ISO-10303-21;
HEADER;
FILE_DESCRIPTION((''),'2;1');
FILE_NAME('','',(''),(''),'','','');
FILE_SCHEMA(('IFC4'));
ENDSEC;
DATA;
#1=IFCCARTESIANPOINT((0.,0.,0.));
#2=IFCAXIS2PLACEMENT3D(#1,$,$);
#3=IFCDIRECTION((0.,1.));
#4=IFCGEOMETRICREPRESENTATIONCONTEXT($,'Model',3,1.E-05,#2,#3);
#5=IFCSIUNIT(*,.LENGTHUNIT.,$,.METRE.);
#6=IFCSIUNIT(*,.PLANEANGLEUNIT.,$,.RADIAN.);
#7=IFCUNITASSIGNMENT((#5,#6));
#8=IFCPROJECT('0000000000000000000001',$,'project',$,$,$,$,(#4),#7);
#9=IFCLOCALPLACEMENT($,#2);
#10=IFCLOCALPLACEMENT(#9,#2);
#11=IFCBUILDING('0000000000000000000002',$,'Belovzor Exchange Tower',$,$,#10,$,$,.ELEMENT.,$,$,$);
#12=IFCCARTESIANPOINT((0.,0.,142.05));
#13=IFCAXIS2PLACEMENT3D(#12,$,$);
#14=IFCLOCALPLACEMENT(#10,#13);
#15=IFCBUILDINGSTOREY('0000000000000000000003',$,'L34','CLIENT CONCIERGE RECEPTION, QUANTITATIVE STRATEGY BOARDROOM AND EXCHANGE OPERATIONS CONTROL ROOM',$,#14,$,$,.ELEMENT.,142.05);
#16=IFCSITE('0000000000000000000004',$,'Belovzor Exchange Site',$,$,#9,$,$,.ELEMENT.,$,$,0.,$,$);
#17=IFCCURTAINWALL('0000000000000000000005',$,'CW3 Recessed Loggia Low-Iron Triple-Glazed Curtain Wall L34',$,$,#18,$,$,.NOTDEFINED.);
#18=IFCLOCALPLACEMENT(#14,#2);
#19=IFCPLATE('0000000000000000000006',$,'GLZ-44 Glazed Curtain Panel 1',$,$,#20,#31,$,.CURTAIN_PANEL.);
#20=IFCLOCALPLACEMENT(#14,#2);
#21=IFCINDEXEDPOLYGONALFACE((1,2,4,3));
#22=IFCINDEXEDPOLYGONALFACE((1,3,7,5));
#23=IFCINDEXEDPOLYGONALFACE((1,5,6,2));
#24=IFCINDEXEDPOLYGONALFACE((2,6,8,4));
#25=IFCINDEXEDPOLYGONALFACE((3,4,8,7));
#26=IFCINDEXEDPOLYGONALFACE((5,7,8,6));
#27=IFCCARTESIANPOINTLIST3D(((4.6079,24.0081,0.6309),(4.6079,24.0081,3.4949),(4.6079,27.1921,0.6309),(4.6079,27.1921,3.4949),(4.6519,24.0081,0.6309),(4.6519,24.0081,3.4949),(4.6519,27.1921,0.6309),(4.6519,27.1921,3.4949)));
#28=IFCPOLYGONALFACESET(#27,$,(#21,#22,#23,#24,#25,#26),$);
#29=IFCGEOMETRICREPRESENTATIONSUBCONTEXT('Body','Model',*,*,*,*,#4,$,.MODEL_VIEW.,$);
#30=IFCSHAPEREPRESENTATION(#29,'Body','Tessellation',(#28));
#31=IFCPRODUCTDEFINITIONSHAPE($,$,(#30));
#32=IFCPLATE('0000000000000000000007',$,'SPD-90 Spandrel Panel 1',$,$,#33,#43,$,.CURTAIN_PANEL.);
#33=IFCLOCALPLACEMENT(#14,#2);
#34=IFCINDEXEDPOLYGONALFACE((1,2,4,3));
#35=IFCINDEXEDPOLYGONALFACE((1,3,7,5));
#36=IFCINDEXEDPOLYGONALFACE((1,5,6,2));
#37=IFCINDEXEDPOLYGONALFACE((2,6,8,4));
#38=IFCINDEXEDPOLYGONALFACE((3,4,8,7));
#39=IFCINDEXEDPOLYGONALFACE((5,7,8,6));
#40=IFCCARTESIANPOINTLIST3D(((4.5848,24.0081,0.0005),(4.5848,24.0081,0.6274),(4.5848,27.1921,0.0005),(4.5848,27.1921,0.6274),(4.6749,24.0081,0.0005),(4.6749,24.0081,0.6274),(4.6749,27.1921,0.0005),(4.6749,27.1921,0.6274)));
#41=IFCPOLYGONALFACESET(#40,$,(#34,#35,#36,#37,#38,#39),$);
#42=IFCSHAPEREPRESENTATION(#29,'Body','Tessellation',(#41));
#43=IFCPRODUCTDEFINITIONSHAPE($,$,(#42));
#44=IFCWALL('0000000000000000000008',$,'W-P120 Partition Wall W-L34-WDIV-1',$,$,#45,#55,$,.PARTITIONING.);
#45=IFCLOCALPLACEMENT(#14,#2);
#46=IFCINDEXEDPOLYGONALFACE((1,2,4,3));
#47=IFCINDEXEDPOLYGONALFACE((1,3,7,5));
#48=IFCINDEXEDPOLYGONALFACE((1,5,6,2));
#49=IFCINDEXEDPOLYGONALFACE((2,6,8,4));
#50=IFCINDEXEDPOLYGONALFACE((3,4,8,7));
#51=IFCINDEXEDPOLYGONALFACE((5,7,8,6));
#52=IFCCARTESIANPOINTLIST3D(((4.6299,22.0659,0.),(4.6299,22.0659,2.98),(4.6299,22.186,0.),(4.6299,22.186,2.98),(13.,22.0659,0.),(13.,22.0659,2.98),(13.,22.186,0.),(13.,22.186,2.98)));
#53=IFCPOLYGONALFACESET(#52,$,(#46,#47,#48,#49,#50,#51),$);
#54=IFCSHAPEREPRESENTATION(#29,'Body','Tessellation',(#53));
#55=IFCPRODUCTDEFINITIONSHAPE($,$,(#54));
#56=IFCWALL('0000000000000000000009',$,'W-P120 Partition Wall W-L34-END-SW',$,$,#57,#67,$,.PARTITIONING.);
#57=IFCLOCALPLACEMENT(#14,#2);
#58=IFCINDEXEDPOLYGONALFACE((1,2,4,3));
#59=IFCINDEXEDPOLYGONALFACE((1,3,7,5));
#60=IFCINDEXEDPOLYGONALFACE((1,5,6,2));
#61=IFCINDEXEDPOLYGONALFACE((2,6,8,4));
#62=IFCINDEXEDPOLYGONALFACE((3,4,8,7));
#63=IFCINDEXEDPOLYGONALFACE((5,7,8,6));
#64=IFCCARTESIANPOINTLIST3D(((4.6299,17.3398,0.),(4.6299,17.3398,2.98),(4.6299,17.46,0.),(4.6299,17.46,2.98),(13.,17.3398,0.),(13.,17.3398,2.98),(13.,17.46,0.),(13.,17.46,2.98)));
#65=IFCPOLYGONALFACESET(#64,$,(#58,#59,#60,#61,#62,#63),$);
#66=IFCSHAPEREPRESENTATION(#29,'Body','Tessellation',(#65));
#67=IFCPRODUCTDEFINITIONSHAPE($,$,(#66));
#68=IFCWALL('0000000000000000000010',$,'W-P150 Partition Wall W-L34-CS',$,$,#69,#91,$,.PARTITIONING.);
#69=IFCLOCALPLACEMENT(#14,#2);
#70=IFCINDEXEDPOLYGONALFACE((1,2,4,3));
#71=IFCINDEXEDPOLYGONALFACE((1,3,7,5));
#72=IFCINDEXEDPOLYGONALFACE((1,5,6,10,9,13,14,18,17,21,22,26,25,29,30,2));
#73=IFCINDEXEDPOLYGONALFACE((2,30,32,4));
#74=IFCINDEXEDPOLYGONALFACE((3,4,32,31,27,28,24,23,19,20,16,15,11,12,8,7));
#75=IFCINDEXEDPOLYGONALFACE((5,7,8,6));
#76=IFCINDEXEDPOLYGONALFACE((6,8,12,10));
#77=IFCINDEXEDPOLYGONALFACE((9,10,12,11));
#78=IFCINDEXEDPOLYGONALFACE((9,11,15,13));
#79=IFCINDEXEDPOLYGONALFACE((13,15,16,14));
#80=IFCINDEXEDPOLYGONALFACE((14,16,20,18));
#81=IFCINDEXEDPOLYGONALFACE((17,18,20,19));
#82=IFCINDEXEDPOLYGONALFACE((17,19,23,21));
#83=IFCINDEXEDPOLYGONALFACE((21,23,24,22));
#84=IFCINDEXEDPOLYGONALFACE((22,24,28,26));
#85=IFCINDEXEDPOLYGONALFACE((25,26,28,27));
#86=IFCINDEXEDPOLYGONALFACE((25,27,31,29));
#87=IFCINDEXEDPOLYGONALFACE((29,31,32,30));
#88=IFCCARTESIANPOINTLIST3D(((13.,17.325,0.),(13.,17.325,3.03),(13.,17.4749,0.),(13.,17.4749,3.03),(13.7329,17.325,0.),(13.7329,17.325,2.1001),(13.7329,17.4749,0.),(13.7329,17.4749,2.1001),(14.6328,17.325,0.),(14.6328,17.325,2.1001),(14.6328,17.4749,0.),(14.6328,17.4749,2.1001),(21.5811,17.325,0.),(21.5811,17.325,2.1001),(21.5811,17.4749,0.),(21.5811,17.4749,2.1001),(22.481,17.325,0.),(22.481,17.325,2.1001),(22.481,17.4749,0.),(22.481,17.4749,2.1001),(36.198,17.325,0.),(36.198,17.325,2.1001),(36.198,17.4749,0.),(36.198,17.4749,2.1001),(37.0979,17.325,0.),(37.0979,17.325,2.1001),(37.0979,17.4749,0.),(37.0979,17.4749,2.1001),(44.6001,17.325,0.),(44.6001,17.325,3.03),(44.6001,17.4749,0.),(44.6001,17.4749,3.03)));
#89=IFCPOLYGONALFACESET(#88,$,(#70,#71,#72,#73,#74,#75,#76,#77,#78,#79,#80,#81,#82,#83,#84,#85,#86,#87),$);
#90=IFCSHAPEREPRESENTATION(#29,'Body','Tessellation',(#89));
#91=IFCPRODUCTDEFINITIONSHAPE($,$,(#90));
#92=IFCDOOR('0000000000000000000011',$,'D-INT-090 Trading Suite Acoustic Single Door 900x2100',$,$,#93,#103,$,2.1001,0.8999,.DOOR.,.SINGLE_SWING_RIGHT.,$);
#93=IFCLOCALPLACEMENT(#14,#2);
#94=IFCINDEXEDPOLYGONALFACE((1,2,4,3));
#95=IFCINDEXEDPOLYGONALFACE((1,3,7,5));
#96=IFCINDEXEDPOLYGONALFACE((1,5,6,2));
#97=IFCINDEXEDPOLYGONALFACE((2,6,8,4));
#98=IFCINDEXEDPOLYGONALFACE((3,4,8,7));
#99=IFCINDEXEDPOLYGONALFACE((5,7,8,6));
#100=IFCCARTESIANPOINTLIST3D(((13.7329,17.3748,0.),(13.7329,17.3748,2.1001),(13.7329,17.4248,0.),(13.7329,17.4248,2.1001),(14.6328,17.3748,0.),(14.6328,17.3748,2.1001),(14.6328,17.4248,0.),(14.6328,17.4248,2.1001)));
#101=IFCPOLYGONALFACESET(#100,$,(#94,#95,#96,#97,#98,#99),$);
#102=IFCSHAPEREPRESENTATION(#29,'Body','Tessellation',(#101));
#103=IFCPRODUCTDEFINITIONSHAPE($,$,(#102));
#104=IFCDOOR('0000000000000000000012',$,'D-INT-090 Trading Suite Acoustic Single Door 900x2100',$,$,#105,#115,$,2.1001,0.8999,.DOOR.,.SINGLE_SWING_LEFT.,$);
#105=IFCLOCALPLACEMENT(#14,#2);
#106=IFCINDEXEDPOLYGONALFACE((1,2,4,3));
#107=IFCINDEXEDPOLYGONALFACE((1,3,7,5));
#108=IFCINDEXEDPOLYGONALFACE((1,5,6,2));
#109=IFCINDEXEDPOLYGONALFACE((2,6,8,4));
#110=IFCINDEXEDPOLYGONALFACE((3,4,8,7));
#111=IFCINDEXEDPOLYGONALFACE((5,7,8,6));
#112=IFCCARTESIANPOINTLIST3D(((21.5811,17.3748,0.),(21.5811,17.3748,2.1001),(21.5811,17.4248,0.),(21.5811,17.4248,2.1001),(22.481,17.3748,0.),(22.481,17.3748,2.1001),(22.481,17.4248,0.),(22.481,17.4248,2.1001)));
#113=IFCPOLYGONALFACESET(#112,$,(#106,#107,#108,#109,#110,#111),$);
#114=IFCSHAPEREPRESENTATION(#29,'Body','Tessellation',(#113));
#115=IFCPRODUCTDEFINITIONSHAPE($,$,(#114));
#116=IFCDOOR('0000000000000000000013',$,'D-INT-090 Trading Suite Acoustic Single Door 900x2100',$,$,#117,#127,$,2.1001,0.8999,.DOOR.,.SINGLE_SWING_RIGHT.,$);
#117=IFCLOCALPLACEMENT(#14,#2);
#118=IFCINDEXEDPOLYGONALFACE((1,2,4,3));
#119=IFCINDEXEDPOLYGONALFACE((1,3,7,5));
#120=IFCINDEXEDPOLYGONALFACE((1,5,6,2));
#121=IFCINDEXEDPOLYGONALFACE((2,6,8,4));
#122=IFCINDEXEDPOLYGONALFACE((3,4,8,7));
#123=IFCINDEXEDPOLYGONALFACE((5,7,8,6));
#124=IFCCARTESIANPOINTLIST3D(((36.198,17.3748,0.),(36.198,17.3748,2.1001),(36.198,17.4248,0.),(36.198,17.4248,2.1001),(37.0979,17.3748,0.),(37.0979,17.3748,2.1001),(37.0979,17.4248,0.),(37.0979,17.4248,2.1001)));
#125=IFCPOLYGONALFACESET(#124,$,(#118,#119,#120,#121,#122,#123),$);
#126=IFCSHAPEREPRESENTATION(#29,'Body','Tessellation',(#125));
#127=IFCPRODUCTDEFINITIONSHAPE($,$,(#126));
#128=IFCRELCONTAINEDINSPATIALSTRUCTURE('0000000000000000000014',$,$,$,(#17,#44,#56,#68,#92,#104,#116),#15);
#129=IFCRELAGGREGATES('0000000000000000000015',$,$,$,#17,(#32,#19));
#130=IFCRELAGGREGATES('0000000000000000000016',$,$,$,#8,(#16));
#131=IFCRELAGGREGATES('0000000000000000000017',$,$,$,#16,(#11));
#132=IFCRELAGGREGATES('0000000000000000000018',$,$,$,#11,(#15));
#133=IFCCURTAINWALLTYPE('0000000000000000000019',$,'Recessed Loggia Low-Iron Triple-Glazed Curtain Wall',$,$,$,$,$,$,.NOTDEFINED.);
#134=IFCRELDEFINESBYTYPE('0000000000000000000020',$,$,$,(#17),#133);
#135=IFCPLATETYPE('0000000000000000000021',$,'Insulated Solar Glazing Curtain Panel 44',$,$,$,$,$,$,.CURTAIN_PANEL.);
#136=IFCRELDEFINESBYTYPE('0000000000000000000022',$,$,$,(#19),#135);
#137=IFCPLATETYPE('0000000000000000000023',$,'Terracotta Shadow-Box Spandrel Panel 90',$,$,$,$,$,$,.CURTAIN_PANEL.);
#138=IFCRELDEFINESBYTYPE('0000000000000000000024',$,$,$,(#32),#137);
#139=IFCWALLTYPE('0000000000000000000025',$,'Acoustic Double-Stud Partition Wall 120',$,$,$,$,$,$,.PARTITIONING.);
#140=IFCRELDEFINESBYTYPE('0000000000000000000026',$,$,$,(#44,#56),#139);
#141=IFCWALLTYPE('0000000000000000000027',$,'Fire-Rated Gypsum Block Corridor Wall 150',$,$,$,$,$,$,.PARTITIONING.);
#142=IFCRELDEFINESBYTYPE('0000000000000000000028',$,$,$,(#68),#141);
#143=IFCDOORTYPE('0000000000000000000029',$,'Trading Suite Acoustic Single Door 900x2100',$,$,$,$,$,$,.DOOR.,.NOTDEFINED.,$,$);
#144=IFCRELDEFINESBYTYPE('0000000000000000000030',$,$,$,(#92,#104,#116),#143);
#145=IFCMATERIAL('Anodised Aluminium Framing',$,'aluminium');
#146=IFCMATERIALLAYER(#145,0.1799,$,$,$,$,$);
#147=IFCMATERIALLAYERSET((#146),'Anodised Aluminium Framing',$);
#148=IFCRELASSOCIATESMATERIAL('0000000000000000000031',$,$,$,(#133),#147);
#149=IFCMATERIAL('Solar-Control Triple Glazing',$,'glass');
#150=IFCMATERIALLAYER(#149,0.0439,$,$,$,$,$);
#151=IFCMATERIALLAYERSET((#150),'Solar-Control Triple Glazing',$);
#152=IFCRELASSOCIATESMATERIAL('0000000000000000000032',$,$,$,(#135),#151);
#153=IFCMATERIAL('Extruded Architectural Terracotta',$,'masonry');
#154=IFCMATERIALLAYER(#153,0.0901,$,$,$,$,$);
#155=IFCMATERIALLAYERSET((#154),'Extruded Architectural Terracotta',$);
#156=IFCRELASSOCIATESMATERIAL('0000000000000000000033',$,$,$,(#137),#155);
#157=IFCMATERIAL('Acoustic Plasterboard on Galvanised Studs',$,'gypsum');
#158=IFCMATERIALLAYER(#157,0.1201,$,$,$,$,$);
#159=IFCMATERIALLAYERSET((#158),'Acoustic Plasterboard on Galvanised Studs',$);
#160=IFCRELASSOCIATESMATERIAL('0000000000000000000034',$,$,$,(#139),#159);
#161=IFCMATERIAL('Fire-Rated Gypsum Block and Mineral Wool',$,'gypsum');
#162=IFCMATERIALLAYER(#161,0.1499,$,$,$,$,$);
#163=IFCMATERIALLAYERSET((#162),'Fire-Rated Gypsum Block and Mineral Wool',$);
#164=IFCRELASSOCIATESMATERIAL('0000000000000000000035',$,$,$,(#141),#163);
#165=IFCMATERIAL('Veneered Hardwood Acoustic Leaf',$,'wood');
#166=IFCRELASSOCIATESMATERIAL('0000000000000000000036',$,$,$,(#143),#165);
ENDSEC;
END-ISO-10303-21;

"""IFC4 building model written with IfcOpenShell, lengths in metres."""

from ifc_helpers import new_model, si_unit, direction, frame, frame_2d, origin, origin_2d, place, context, subcontext, project, spatial, rectangle, extrude, material, layer, layer_set, type_object, element, fill, aggregate, save


model = new_model("IFC4")

# Units and contexts
model_context = context("Model", 3, precision=1e-05, world=origin(), true_north=direction((0.0, 1.0)))
body_context = subcontext(model_context, "Body", "Model", "MODEL_VIEW")
ifc_project = project(units=[si_unit("LENGTHUNIT", "METRE"), si_unit("PLANEANGLEUNIT", "RADIAN")], contexts=[model_context])

# Site, building, storey
site_placement = place(None, origin())
site = spatial("IfcSite", under=ifc_project, at=site_placement, Name="Belovzor Exchange Site", CompositionType="ELEMENT", RefElevation=0.0)
building_placement = place(site_placement, origin())
building = spatial("IfcBuilding", under=site, at=building_placement, Name="Belovzor Exchange Tower", CompositionType="ELEMENT")
storey_placement = place(building_placement, frame((0.0, 0.0, 142.05)))
storey = spatial("IfcBuildingStorey", under=building, at=storey_placement, Name="L34", Description="CLIENT CONCIERGE RECEPTION, QUANTITATIVE STRATEGY BOARDROOM AND EXCHANGE OPERATIONS CONTROL ROOM", CompositionType="ELEMENT", Elevation=142.05)

# Curtain wall
ifc_material_1 = material(Name="Anodised Aluminium Framing", Category="aluminium")
ifc_layer_1 = layer(ifc_material_1, 0.1799)
ifc_layer_set_1 = layer_set([ifc_layer_1], Name="Anodised Aluminium Framing")
curtain_wall_type = type_object("IfcCurtainWallType", Name="Recessed Loggia Low-Iron Triple-Glazed Curtain Wall", PredefinedType="NOTDEFINED", material=ifc_layer_set_1)
curtain_wall_placement = place(storey_placement, origin())
curtain_wall = element("IfcCurtainWall", 1, at=curtain_wall_placement, inside=storey, type_object=curtain_wall_type, Name="CW3 Recessed Loggia Low-Iron Triple-Glazed Curtain Wall L34", PredefinedType="NOTDEFINED")

# Plates
ifc_material_2 = material(Name="Solar-Control Triple Glazing", Category="glass")
ifc_layer_2 = layer(ifc_material_2, 0.0439)
ifc_layer_set_2 = layer_set([ifc_layer_2], Name="Solar-Control Triple Glazing")
plate_type_1 = type_object("IfcPlateType", Name="Insulated Solar Glazing Curtain Panel 44", PredefinedType="CURTAIN_PANEL", material=ifc_layer_set_2)
plate_1_placement = place(storey_placement, frame((4.6299, 25.6001, 0.6309), z_axis=(0.0, 0.0, 1.0), x_axis=(0.0, 1.0, 0.0)))
plate_1 = element("IfcPlate", 2, at=plate_1_placement, type_object=plate_type_1, Name="GLZ-44 Glazed Curtain Panel 1", PredefinedType="CURTAIN_PANEL", context=body_context, shape_type="SweptSolid", body=[
    extrude(rectangle(XDim=3.1841, YDim=0.0439, at=origin_2d()), origin(), (0.0, 0.0, 1.0), 2.864),
])
ifc_material_3 = material(Name="Extruded Architectural Terracotta", Category="masonry")
ifc_layer_3 = layer(ifc_material_3, 0.0901)
ifc_layer_set_3 = layer_set([ifc_layer_3], Name="Extruded Architectural Terracotta")
plate_type_2 = type_object("IfcPlateType", Name="Terracotta Shadow-Box Spandrel Panel 90", PredefinedType="CURTAIN_PANEL", material=ifc_layer_set_3)
plate_2_placement = place(storey_placement, frame((4.6299, 25.6001, 0.0005), z_axis=(0.0, 0.0, 1.0), x_axis=(0.0, 1.0, 0.0)))
plate_2 = element("IfcPlate", 3, at=plate_2_placement, type_object=plate_type_2, Name="SPD-90 Spandrel Panel 1", PredefinedType="CURTAIN_PANEL", context=body_context, shape_type="SweptSolid", body=[
    extrude(rectangle(XDim=3.1841, YDim=0.0901, at=origin_2d()), origin(), (0.0, 0.0, 1.0), 0.627),
])
aggregate(curtain_wall, [plate_2, plate_1])

# Walls
ifc_material_4 = material(Name="Acoustic Plasterboard on Galvanised Studs", Category="gypsum")
ifc_layer_4 = layer(ifc_material_4, 0.1201)
ifc_layer_set_4 = layer_set([ifc_layer_4], Name="Acoustic Plasterboard on Galvanised Studs")
wall_type_1 = type_object("IfcWallType", Name="Acoustic Double-Stud Partition Wall 120", PredefinedType="PARTITIONING", material=ifc_layer_set_4)
for number, where, z_axis, x_axis, name in (
    (4, (4.6299, 22.126, 0.0), (0.0, 0.0, 1.0), (1.0, 0.0, 0.0), "W-P120 Partition Wall W-L34-WDIV-1"),
    (5, (4.6299, 17.3999, 0.0), (0.0, 0.0, 1.0), (1.0, 0.0, 0.0), "W-P120 Partition Wall W-L34-END-SW"),
):
    element("IfcWall", number, at=place(storey_placement, frame(where, z_axis=z_axis, x_axis=x_axis)), inside=storey, type_object=wall_type_1, Name=name, PredefinedType="PARTITIONING", context=body_context, shape_type="SweptSolid", body=[
        extrude(rectangle(XDim=8.3701, YDim=0.1201, at=frame_2d((4.1851, 0.0))), origin(), (0.0, 0.0, 1.0), 2.98),
    ])

# Wall, openings, doors
ifc_material_5 = material(Name="Fire-Rated Gypsum Block and Mineral Wool", Category="gypsum")
ifc_layer_5 = layer(ifc_material_5, 0.1499)
ifc_layer_set_5 = layer_set([ifc_layer_5], Name="Fire-Rated Gypsum Block and Mineral Wool")
wall_type_2 = type_object("IfcWallType", Name="Fire-Rated Gypsum Block Corridor Wall 150", PredefinedType="PARTITIONING", material=ifc_layer_set_5)
wall_1_placement = place(storey_placement, frame((13.0, 17.3999, 0.0), z_axis=(0.0, 0.0, 1.0), x_axis=(1.0, 0.0, 0.0)))
wall_1 = element("IfcWall", 6, at=wall_1_placement, inside=storey, type_object=wall_type_2, Name="W-P150 Partition Wall W-L34-CS", PredefinedType="PARTITIONING", context=body_context, shape_type="SweptSolid", body=[
    extrude(rectangle(XDim=31.6001, YDim=0.1499, at=frame_2d((15.8, 0.0))), origin(), (0.0, 0.0, 1.0), 3.03),
])
opening_1_placement = place(wall_1_placement, frame((0.7329, 0.0, 0.0)))
opening_1 = element("IfcOpeningElement", 7, at=opening_1_placement, cuts=wall_1, PredefinedType="OPENING", context=body_context, shape_type="SweptSolid", body=[
    extrude(rectangle(XDim=0.8999, YDim=2.1001, at=frame_2d((0.45, 1.05))), frame((0.0, 0.085, 0.0), z_axis=(0.0, -1.0, 0.0), x_axis=(1.0, 0.0, 0.0)), (0.0, 0.0, 1.0), 0.1699),
])
opening_2_placement = place(wall_1_placement, frame((8.5811, 0.0, 0.0)))
opening_2 = element("IfcOpeningElement", 8, at=opening_2_placement, cuts=wall_1, PredefinedType="OPENING", context=body_context, shape_type="SweptSolid", body=[
    extrude(rectangle(XDim=0.8999, YDim=2.1001, at=frame_2d((0.45, 1.05))), frame((0.0, 0.085, 0.0), z_axis=(0.0, -1.0, 0.0), x_axis=(1.0, 0.0, 0.0)), (0.0, 0.0, 1.0), 0.1699),
])
opening_3_placement = place(wall_1_placement, frame((23.198, 0.0, 0.0)))
opening_3 = element("IfcOpeningElement", 9, at=opening_3_placement, cuts=wall_1, PredefinedType="OPENING", context=body_context, shape_type="SweptSolid", body=[
    extrude(rectangle(XDim=0.8999, YDim=2.1001, at=frame_2d((0.45, 1.05))), frame((0.0, 0.085, 0.0), z_axis=(0.0, -1.0, 0.0), x_axis=(1.0, 0.0, 0.0)), (0.0, 0.0, 1.0), 0.1699),
])
ifc_material_6 = material(Name="Veneered Hardwood Acoustic Leaf", Category="wood")
door_type = type_object("IfcDoorType", Name="Trading Suite Acoustic Single Door 900x2100", OperationType="NOTDEFINED", PredefinedType="DOOR", material=ifc_material_6)
door_1_placement = place(opening_1_placement, origin())
door_1 = element("IfcDoor", 10, at=door_1_placement, inside=storey, type_object=door_type, Name="D-INT-090 Trading Suite Acoustic Single Door 900x2100", OperationType="SINGLE_SWING_RIGHT", OverallHeight=2.1001, OverallWidth=0.8999, PredefinedType="DOOR", context=body_context, shape_type="SweptSolid", body=[
    extrude(rectangle(XDim=0.8999, YDim=2.1001, at=frame_2d((0.45, 1.05))), frame((0.0, 0.0249, 0.0), z_axis=(0.0, -1.0, 0.0), x_axis=(1.0, 0.0, 0.0)), (0.0, 0.0, 1.0), 0.05),
])
fill(opening_1, door_1)
door_2_placement = place(opening_2_placement, origin())
door_2 = element("IfcDoor", 11, at=door_2_placement, inside=storey, type_object=door_type, Name="D-INT-090 Trading Suite Acoustic Single Door 900x2100", OperationType="SINGLE_SWING_LEFT", OverallHeight=2.1001, OverallWidth=0.8999, PredefinedType="DOOR", context=body_context, shape_type="SweptSolid", body=[
    extrude(rectangle(XDim=0.8999, YDim=2.1001, at=frame_2d((0.45, 1.05))), frame((0.0, 0.0249, 0.0), z_axis=(0.0, -1.0, 0.0), x_axis=(1.0, 0.0, 0.0)), (0.0, 0.0, 1.0), 0.05),
])
fill(opening_2, door_2)
door_3_placement = place(opening_3_placement, origin())
door_3 = element("IfcDoor", 12, at=door_3_placement, inside=storey, type_object=door_type, Name="D-INT-090 Trading Suite Acoustic Single Door 900x2100", OperationType="SINGLE_SWING_RIGHT", OverallHeight=2.1001, OverallWidth=0.8999, PredefinedType="DOOR", context=body_context, shape_type="SweptSolid", body=[
    extrude(rectangle(XDim=0.8999, YDim=2.1001, at=frame_2d((0.45, 1.05))), frame((0.0, 0.0249, 0.0), z_axis=(0.0, -1.0, 0.0), x_axis=(1.0, 0.0, 0.0)), (0.0, 0.0, 1.0), 0.05),
])
fill(opening_3, door_3)

save(model, "model.ifc")
